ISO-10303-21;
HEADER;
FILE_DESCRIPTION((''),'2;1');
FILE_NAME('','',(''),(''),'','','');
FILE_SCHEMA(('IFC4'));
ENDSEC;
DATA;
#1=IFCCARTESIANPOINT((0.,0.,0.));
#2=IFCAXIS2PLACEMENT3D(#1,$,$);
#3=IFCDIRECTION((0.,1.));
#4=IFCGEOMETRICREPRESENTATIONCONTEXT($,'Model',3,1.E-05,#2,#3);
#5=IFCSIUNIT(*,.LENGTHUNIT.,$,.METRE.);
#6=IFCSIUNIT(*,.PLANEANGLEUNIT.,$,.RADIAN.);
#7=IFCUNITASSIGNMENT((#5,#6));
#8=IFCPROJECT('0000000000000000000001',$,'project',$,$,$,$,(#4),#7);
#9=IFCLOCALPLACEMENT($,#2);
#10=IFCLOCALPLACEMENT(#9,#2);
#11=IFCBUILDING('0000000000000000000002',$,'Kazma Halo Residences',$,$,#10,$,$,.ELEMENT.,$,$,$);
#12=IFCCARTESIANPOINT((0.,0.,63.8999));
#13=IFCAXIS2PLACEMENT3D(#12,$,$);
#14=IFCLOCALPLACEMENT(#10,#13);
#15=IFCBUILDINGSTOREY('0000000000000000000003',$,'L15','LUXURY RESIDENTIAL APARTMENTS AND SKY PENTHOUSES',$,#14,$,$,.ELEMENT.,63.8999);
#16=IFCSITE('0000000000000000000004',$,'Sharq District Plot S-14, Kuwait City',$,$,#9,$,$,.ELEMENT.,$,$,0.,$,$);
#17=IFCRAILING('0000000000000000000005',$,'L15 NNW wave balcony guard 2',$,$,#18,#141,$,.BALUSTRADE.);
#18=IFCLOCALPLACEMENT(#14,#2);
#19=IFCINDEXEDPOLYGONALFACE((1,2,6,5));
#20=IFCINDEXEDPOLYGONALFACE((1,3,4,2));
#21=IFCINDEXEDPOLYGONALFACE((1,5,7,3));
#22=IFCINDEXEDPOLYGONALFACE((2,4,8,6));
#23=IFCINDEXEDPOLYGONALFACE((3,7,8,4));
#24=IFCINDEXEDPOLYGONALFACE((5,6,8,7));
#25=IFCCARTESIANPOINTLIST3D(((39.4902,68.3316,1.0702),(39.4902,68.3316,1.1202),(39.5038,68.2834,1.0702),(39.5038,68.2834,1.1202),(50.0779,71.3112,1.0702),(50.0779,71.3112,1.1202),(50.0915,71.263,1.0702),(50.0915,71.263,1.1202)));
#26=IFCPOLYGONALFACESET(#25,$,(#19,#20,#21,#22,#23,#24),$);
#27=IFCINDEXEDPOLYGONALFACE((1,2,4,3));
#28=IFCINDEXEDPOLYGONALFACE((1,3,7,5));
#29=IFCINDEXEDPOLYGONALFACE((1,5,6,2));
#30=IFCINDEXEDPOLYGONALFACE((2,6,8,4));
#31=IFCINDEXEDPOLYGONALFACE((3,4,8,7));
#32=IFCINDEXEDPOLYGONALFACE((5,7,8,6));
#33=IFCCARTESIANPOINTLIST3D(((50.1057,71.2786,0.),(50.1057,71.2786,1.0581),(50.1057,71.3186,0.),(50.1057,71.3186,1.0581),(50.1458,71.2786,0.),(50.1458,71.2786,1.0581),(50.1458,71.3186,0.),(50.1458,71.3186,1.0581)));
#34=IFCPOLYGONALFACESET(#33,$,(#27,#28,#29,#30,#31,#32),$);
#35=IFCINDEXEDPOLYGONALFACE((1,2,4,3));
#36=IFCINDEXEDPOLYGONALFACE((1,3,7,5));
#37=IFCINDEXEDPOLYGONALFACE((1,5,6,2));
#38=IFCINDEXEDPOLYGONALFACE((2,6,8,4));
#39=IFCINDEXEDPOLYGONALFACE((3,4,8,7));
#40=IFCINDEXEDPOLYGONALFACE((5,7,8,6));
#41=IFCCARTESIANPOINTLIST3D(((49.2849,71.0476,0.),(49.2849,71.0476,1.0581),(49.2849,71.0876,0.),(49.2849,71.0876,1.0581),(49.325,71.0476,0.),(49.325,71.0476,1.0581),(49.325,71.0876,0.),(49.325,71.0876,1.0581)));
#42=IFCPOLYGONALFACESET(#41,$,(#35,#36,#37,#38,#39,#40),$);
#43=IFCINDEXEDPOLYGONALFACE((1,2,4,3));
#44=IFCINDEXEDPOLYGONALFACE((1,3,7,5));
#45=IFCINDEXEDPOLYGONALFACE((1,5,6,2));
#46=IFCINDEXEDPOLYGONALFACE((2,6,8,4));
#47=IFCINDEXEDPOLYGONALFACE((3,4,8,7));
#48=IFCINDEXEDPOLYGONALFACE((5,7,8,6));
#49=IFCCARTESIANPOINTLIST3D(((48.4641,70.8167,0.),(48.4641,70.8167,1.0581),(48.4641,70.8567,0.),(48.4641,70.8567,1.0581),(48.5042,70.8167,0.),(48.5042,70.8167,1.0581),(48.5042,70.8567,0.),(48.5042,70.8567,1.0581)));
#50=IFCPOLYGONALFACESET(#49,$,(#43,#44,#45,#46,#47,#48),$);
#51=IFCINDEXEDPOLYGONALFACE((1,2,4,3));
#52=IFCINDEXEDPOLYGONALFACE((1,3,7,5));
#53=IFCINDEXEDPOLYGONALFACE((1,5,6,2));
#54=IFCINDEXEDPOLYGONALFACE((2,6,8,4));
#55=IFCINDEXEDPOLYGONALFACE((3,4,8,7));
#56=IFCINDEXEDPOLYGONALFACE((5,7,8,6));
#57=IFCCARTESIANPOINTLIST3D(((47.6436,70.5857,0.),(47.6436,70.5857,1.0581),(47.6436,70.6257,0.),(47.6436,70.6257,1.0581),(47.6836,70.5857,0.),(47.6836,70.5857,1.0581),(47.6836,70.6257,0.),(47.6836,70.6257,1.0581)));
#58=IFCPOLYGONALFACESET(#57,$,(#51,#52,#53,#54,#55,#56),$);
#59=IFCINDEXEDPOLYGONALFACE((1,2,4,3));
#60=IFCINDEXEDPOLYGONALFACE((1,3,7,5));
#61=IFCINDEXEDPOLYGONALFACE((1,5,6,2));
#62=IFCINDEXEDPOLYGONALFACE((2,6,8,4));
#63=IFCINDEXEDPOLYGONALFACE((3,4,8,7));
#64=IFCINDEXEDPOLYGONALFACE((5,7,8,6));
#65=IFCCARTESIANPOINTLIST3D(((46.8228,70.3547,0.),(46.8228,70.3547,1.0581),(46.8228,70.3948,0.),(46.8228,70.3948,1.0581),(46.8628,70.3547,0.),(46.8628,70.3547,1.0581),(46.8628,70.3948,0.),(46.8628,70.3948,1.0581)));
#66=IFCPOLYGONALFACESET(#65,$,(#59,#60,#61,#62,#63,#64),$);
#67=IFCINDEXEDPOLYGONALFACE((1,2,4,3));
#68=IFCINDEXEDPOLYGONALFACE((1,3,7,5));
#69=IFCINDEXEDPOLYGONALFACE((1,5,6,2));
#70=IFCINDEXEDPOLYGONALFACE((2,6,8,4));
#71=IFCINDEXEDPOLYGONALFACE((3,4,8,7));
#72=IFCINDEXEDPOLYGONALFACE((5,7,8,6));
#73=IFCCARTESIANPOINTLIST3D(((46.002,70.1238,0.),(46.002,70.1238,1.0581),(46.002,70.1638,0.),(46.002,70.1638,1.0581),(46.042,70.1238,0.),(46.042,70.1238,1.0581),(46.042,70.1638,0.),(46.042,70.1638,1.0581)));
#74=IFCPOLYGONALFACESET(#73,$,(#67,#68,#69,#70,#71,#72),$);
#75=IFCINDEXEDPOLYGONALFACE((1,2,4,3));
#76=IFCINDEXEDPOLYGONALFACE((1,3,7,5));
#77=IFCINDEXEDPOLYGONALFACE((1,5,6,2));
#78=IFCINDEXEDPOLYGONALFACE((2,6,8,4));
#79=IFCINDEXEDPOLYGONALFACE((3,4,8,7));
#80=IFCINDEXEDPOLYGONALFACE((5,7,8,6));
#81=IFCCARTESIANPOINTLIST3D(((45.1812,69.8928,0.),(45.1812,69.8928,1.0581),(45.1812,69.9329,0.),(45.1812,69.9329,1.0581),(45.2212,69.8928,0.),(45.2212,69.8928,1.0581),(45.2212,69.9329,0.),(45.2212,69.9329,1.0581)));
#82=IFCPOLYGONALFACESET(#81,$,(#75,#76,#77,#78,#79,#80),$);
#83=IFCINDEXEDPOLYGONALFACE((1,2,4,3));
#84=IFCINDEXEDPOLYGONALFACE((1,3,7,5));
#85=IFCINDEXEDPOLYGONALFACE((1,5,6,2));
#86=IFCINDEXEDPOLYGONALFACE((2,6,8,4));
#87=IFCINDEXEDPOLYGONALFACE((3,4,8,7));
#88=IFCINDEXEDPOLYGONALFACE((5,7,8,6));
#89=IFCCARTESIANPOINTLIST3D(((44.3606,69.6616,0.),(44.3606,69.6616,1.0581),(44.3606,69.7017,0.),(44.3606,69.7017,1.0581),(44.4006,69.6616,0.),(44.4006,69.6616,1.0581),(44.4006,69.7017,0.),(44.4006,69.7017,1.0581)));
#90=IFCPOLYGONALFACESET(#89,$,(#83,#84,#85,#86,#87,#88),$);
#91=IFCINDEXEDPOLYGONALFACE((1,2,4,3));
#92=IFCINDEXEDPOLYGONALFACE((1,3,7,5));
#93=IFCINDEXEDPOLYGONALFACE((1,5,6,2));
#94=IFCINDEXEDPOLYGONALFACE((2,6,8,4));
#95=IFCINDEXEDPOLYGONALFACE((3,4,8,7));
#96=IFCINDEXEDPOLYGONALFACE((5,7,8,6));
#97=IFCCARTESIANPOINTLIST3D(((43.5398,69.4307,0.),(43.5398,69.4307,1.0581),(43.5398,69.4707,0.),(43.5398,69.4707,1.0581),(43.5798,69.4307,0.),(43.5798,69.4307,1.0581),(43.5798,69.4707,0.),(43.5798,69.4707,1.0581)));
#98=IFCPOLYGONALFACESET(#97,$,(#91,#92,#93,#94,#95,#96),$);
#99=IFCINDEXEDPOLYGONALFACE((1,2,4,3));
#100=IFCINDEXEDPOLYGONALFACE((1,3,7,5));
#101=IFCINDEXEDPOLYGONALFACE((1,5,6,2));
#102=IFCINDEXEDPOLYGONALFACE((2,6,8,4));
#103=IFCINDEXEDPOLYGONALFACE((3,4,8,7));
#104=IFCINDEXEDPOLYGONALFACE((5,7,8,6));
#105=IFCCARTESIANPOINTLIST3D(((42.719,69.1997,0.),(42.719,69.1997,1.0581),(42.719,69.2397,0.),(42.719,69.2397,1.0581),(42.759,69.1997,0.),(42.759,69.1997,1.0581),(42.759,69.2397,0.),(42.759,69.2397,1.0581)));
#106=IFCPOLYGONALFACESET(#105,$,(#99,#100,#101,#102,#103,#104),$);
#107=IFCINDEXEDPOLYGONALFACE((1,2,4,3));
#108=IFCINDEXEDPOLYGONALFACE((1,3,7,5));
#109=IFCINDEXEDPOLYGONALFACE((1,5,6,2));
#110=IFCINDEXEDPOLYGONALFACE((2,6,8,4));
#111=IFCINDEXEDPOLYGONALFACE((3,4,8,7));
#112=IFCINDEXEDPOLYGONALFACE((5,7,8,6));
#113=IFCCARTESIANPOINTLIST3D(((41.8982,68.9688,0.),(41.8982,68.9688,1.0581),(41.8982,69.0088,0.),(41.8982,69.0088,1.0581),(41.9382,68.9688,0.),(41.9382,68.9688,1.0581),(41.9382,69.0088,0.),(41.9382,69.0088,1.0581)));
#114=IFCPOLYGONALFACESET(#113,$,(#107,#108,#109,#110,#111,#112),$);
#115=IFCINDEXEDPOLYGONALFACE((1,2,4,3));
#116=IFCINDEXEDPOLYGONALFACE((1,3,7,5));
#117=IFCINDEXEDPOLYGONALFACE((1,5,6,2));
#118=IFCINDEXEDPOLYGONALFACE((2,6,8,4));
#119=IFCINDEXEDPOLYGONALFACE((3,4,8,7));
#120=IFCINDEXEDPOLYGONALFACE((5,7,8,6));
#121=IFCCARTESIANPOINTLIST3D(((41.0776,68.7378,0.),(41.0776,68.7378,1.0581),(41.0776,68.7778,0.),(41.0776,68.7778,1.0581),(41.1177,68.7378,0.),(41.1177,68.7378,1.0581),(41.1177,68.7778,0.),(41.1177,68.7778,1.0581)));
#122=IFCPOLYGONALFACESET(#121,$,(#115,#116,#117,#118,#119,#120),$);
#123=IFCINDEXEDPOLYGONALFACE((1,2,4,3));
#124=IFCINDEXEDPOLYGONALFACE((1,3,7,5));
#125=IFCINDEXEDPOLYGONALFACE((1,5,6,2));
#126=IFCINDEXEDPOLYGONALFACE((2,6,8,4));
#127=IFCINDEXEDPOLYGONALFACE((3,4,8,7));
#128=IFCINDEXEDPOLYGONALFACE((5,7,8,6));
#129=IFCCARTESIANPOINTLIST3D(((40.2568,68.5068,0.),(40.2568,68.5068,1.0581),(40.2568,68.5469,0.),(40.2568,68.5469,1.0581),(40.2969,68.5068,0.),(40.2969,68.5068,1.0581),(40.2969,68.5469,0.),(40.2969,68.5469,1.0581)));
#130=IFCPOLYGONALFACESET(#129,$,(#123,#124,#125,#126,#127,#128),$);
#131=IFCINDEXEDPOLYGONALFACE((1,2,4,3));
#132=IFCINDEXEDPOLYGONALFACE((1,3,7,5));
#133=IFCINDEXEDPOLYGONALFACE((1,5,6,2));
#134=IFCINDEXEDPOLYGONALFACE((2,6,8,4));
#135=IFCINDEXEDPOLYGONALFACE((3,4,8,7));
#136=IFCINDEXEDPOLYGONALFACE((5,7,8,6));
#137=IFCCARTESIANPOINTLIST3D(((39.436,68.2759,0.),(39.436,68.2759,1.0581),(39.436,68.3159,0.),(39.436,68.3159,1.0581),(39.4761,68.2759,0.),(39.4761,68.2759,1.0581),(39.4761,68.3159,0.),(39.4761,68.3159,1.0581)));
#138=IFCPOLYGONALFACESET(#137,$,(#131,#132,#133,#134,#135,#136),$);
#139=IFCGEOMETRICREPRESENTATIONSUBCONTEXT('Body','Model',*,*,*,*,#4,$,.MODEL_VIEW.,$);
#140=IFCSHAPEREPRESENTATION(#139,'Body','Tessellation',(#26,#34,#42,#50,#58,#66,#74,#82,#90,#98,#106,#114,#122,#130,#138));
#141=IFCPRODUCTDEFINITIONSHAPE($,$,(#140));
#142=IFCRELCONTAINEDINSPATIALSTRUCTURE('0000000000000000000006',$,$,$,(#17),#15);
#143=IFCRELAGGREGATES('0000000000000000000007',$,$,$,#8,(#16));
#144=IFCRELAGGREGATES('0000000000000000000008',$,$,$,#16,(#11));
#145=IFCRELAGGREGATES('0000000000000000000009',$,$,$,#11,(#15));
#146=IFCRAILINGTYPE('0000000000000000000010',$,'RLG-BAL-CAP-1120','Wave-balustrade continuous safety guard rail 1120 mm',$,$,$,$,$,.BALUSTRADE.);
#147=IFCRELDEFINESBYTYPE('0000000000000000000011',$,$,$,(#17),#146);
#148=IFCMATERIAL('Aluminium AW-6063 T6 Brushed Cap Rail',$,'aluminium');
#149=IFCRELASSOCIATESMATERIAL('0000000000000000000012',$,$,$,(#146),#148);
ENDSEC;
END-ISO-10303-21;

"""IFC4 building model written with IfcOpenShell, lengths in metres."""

from ifc_helpers import new_model, si_unit, direction, frame, origin, origin_2d, place, context, subcontext, project, spatial, rectangle, extrude, material, type_object, element, save


model = new_model("IFC4")

# Units and contexts
model_context = context("Model", 3, precision=1e-05, world=origin(), true_north=direction((0.0, 1.0)))
body_context = subcontext(model_context, "Body", "Model", "MODEL_VIEW")
ifc_project = project(units=[si_unit("LENGTHUNIT", "METRE"), si_unit("PLANEANGLEUNIT", "RADIAN")], contexts=[model_context])

# Site, building, storey
site_placement = place(None, origin())
site = spatial("IfcSite", under=ifc_project, at=site_placement, Name="Sharq District Plot S-14, Kuwait City", CompositionType="ELEMENT", RefElevation=0.0)
building_placement = place(site_placement, origin())
building = spatial("IfcBuilding", under=site, at=building_placement, Name="Kazma Halo Residences", CompositionType="ELEMENT")
storey_placement = place(building_placement, frame((0.0, 0.0, 63.8999)))
storey = spatial("IfcBuildingStorey", under=building, at=storey_placement, Name="L15", Description="LUXURY RESIDENTIAL APARTMENTS AND SKY PENTHOUSES", CompositionType="ELEMENT", Elevation=63.8999)

# Railing
ifc_material_1 = material(Name="Aluminium AW-6063 T6 Brushed Cap Rail", Category="aluminium")
railing_type = type_object("IfcRailingType", Name="RLG-BAL-CAP-1120", Description="Wave-balustrade continuous safety guard rail 1120 mm", PredefinedType="BALUSTRADE", material=ifc_material_1)
railing_1_placement = place(storey_placement, frame((50.1257, 71.2986, 0.0)))
element("IfcRailing", 1, at=railing_1_placement, inside=storey, type_object=railing_type, Name="L15 NNW wave balcony guard 2", PredefinedType="BALUSTRADE", context=body_context, shape_type="SweptSolid", body=[
    extrude(rectangle(XDim=0.05, YDim=0.05, at=origin_2d()), frame((-0.041, -0.0115, 1.0952), z_axis=(-0.962608, -0.270899, 0.0), x_axis=(0.270899, -0.962608, 0.0)), (0.0, 0.0, 1.0), 10.999),
    extrude(rectangle(XDim=0.04, YDim=0.04, at=origin_2d()), origin(), (0.0, 0.0, 1.0), 1.0581),
    extrude(rectangle(XDim=0.04, YDim=0.04, at=origin_2d()), frame((-0.8208, -0.231, 0.0)), (0.0, 0.0, 1.0), 1.0581),
    extrude(rectangle(XDim=0.04, YDim=0.04, at=origin_2d()), frame((-1.6416, -0.4619, 0.0)), (0.0, 0.0, 1.0), 1.0581),
    extrude(rectangle(XDim=0.04, YDim=0.04, at=origin_2d()), frame((-2.4622, -0.6929, 0.0)), (0.0, 0.0, 1.0), 1.0581),
    extrude(rectangle(XDim=0.04, YDim=0.04, at=origin_2d()), frame((-3.283, -0.9238, 0.0)), (0.0, 0.0, 1.0), 1.0581),
    extrude(rectangle(XDim=0.04, YDim=0.04, at=origin_2d()), frame((-4.1038, -1.1548, 0.0)), (0.0, 0.0, 1.0), 1.0581),
    extrude(rectangle(XDim=0.04, YDim=0.04, at=origin_2d()), frame((-4.9246, -1.3857, 0.0)), (0.0, 0.0, 1.0), 1.0581),
    extrude(rectangle(XDim=0.04, YDim=0.04, at=origin_2d()), frame((-5.7451, -1.6169, 0.0)), (0.0, 0.0, 1.0), 1.0581),
    extrude(rectangle(XDim=0.04, YDim=0.04, at=origin_2d()), frame((-6.5659, -1.8479, 0.0)), (0.0, 0.0, 1.0), 1.0581),
    extrude(rectangle(XDim=0.04, YDim=0.04, at=origin_2d()), frame((-7.3867, -2.0789, 0.0)), (0.0, 0.0, 1.0), 1.0581),
    extrude(rectangle(XDim=0.04, YDim=0.04, at=origin_2d()), frame((-8.2075, -2.3098, 0.0)), (0.0, 0.0, 1.0), 1.0581),
    extrude(rectangle(XDim=0.04, YDim=0.04, at=origin_2d()), frame((-9.0281, -2.5408, 0.0)), (0.0, 0.0, 1.0), 1.0581),
    extrude(rectangle(XDim=0.04, YDim=0.04, at=origin_2d()), frame((-9.8489, -2.7717, 0.0)), (0.0, 0.0, 1.0), 1.0581),
    extrude(rectangle(XDim=0.04, YDim=0.04, at=origin_2d()), frame((-10.6697, -3.0027, 0.0)), (0.0, 0.0, 1.0), 1.0581),
])

save(model, "model.ifc")
